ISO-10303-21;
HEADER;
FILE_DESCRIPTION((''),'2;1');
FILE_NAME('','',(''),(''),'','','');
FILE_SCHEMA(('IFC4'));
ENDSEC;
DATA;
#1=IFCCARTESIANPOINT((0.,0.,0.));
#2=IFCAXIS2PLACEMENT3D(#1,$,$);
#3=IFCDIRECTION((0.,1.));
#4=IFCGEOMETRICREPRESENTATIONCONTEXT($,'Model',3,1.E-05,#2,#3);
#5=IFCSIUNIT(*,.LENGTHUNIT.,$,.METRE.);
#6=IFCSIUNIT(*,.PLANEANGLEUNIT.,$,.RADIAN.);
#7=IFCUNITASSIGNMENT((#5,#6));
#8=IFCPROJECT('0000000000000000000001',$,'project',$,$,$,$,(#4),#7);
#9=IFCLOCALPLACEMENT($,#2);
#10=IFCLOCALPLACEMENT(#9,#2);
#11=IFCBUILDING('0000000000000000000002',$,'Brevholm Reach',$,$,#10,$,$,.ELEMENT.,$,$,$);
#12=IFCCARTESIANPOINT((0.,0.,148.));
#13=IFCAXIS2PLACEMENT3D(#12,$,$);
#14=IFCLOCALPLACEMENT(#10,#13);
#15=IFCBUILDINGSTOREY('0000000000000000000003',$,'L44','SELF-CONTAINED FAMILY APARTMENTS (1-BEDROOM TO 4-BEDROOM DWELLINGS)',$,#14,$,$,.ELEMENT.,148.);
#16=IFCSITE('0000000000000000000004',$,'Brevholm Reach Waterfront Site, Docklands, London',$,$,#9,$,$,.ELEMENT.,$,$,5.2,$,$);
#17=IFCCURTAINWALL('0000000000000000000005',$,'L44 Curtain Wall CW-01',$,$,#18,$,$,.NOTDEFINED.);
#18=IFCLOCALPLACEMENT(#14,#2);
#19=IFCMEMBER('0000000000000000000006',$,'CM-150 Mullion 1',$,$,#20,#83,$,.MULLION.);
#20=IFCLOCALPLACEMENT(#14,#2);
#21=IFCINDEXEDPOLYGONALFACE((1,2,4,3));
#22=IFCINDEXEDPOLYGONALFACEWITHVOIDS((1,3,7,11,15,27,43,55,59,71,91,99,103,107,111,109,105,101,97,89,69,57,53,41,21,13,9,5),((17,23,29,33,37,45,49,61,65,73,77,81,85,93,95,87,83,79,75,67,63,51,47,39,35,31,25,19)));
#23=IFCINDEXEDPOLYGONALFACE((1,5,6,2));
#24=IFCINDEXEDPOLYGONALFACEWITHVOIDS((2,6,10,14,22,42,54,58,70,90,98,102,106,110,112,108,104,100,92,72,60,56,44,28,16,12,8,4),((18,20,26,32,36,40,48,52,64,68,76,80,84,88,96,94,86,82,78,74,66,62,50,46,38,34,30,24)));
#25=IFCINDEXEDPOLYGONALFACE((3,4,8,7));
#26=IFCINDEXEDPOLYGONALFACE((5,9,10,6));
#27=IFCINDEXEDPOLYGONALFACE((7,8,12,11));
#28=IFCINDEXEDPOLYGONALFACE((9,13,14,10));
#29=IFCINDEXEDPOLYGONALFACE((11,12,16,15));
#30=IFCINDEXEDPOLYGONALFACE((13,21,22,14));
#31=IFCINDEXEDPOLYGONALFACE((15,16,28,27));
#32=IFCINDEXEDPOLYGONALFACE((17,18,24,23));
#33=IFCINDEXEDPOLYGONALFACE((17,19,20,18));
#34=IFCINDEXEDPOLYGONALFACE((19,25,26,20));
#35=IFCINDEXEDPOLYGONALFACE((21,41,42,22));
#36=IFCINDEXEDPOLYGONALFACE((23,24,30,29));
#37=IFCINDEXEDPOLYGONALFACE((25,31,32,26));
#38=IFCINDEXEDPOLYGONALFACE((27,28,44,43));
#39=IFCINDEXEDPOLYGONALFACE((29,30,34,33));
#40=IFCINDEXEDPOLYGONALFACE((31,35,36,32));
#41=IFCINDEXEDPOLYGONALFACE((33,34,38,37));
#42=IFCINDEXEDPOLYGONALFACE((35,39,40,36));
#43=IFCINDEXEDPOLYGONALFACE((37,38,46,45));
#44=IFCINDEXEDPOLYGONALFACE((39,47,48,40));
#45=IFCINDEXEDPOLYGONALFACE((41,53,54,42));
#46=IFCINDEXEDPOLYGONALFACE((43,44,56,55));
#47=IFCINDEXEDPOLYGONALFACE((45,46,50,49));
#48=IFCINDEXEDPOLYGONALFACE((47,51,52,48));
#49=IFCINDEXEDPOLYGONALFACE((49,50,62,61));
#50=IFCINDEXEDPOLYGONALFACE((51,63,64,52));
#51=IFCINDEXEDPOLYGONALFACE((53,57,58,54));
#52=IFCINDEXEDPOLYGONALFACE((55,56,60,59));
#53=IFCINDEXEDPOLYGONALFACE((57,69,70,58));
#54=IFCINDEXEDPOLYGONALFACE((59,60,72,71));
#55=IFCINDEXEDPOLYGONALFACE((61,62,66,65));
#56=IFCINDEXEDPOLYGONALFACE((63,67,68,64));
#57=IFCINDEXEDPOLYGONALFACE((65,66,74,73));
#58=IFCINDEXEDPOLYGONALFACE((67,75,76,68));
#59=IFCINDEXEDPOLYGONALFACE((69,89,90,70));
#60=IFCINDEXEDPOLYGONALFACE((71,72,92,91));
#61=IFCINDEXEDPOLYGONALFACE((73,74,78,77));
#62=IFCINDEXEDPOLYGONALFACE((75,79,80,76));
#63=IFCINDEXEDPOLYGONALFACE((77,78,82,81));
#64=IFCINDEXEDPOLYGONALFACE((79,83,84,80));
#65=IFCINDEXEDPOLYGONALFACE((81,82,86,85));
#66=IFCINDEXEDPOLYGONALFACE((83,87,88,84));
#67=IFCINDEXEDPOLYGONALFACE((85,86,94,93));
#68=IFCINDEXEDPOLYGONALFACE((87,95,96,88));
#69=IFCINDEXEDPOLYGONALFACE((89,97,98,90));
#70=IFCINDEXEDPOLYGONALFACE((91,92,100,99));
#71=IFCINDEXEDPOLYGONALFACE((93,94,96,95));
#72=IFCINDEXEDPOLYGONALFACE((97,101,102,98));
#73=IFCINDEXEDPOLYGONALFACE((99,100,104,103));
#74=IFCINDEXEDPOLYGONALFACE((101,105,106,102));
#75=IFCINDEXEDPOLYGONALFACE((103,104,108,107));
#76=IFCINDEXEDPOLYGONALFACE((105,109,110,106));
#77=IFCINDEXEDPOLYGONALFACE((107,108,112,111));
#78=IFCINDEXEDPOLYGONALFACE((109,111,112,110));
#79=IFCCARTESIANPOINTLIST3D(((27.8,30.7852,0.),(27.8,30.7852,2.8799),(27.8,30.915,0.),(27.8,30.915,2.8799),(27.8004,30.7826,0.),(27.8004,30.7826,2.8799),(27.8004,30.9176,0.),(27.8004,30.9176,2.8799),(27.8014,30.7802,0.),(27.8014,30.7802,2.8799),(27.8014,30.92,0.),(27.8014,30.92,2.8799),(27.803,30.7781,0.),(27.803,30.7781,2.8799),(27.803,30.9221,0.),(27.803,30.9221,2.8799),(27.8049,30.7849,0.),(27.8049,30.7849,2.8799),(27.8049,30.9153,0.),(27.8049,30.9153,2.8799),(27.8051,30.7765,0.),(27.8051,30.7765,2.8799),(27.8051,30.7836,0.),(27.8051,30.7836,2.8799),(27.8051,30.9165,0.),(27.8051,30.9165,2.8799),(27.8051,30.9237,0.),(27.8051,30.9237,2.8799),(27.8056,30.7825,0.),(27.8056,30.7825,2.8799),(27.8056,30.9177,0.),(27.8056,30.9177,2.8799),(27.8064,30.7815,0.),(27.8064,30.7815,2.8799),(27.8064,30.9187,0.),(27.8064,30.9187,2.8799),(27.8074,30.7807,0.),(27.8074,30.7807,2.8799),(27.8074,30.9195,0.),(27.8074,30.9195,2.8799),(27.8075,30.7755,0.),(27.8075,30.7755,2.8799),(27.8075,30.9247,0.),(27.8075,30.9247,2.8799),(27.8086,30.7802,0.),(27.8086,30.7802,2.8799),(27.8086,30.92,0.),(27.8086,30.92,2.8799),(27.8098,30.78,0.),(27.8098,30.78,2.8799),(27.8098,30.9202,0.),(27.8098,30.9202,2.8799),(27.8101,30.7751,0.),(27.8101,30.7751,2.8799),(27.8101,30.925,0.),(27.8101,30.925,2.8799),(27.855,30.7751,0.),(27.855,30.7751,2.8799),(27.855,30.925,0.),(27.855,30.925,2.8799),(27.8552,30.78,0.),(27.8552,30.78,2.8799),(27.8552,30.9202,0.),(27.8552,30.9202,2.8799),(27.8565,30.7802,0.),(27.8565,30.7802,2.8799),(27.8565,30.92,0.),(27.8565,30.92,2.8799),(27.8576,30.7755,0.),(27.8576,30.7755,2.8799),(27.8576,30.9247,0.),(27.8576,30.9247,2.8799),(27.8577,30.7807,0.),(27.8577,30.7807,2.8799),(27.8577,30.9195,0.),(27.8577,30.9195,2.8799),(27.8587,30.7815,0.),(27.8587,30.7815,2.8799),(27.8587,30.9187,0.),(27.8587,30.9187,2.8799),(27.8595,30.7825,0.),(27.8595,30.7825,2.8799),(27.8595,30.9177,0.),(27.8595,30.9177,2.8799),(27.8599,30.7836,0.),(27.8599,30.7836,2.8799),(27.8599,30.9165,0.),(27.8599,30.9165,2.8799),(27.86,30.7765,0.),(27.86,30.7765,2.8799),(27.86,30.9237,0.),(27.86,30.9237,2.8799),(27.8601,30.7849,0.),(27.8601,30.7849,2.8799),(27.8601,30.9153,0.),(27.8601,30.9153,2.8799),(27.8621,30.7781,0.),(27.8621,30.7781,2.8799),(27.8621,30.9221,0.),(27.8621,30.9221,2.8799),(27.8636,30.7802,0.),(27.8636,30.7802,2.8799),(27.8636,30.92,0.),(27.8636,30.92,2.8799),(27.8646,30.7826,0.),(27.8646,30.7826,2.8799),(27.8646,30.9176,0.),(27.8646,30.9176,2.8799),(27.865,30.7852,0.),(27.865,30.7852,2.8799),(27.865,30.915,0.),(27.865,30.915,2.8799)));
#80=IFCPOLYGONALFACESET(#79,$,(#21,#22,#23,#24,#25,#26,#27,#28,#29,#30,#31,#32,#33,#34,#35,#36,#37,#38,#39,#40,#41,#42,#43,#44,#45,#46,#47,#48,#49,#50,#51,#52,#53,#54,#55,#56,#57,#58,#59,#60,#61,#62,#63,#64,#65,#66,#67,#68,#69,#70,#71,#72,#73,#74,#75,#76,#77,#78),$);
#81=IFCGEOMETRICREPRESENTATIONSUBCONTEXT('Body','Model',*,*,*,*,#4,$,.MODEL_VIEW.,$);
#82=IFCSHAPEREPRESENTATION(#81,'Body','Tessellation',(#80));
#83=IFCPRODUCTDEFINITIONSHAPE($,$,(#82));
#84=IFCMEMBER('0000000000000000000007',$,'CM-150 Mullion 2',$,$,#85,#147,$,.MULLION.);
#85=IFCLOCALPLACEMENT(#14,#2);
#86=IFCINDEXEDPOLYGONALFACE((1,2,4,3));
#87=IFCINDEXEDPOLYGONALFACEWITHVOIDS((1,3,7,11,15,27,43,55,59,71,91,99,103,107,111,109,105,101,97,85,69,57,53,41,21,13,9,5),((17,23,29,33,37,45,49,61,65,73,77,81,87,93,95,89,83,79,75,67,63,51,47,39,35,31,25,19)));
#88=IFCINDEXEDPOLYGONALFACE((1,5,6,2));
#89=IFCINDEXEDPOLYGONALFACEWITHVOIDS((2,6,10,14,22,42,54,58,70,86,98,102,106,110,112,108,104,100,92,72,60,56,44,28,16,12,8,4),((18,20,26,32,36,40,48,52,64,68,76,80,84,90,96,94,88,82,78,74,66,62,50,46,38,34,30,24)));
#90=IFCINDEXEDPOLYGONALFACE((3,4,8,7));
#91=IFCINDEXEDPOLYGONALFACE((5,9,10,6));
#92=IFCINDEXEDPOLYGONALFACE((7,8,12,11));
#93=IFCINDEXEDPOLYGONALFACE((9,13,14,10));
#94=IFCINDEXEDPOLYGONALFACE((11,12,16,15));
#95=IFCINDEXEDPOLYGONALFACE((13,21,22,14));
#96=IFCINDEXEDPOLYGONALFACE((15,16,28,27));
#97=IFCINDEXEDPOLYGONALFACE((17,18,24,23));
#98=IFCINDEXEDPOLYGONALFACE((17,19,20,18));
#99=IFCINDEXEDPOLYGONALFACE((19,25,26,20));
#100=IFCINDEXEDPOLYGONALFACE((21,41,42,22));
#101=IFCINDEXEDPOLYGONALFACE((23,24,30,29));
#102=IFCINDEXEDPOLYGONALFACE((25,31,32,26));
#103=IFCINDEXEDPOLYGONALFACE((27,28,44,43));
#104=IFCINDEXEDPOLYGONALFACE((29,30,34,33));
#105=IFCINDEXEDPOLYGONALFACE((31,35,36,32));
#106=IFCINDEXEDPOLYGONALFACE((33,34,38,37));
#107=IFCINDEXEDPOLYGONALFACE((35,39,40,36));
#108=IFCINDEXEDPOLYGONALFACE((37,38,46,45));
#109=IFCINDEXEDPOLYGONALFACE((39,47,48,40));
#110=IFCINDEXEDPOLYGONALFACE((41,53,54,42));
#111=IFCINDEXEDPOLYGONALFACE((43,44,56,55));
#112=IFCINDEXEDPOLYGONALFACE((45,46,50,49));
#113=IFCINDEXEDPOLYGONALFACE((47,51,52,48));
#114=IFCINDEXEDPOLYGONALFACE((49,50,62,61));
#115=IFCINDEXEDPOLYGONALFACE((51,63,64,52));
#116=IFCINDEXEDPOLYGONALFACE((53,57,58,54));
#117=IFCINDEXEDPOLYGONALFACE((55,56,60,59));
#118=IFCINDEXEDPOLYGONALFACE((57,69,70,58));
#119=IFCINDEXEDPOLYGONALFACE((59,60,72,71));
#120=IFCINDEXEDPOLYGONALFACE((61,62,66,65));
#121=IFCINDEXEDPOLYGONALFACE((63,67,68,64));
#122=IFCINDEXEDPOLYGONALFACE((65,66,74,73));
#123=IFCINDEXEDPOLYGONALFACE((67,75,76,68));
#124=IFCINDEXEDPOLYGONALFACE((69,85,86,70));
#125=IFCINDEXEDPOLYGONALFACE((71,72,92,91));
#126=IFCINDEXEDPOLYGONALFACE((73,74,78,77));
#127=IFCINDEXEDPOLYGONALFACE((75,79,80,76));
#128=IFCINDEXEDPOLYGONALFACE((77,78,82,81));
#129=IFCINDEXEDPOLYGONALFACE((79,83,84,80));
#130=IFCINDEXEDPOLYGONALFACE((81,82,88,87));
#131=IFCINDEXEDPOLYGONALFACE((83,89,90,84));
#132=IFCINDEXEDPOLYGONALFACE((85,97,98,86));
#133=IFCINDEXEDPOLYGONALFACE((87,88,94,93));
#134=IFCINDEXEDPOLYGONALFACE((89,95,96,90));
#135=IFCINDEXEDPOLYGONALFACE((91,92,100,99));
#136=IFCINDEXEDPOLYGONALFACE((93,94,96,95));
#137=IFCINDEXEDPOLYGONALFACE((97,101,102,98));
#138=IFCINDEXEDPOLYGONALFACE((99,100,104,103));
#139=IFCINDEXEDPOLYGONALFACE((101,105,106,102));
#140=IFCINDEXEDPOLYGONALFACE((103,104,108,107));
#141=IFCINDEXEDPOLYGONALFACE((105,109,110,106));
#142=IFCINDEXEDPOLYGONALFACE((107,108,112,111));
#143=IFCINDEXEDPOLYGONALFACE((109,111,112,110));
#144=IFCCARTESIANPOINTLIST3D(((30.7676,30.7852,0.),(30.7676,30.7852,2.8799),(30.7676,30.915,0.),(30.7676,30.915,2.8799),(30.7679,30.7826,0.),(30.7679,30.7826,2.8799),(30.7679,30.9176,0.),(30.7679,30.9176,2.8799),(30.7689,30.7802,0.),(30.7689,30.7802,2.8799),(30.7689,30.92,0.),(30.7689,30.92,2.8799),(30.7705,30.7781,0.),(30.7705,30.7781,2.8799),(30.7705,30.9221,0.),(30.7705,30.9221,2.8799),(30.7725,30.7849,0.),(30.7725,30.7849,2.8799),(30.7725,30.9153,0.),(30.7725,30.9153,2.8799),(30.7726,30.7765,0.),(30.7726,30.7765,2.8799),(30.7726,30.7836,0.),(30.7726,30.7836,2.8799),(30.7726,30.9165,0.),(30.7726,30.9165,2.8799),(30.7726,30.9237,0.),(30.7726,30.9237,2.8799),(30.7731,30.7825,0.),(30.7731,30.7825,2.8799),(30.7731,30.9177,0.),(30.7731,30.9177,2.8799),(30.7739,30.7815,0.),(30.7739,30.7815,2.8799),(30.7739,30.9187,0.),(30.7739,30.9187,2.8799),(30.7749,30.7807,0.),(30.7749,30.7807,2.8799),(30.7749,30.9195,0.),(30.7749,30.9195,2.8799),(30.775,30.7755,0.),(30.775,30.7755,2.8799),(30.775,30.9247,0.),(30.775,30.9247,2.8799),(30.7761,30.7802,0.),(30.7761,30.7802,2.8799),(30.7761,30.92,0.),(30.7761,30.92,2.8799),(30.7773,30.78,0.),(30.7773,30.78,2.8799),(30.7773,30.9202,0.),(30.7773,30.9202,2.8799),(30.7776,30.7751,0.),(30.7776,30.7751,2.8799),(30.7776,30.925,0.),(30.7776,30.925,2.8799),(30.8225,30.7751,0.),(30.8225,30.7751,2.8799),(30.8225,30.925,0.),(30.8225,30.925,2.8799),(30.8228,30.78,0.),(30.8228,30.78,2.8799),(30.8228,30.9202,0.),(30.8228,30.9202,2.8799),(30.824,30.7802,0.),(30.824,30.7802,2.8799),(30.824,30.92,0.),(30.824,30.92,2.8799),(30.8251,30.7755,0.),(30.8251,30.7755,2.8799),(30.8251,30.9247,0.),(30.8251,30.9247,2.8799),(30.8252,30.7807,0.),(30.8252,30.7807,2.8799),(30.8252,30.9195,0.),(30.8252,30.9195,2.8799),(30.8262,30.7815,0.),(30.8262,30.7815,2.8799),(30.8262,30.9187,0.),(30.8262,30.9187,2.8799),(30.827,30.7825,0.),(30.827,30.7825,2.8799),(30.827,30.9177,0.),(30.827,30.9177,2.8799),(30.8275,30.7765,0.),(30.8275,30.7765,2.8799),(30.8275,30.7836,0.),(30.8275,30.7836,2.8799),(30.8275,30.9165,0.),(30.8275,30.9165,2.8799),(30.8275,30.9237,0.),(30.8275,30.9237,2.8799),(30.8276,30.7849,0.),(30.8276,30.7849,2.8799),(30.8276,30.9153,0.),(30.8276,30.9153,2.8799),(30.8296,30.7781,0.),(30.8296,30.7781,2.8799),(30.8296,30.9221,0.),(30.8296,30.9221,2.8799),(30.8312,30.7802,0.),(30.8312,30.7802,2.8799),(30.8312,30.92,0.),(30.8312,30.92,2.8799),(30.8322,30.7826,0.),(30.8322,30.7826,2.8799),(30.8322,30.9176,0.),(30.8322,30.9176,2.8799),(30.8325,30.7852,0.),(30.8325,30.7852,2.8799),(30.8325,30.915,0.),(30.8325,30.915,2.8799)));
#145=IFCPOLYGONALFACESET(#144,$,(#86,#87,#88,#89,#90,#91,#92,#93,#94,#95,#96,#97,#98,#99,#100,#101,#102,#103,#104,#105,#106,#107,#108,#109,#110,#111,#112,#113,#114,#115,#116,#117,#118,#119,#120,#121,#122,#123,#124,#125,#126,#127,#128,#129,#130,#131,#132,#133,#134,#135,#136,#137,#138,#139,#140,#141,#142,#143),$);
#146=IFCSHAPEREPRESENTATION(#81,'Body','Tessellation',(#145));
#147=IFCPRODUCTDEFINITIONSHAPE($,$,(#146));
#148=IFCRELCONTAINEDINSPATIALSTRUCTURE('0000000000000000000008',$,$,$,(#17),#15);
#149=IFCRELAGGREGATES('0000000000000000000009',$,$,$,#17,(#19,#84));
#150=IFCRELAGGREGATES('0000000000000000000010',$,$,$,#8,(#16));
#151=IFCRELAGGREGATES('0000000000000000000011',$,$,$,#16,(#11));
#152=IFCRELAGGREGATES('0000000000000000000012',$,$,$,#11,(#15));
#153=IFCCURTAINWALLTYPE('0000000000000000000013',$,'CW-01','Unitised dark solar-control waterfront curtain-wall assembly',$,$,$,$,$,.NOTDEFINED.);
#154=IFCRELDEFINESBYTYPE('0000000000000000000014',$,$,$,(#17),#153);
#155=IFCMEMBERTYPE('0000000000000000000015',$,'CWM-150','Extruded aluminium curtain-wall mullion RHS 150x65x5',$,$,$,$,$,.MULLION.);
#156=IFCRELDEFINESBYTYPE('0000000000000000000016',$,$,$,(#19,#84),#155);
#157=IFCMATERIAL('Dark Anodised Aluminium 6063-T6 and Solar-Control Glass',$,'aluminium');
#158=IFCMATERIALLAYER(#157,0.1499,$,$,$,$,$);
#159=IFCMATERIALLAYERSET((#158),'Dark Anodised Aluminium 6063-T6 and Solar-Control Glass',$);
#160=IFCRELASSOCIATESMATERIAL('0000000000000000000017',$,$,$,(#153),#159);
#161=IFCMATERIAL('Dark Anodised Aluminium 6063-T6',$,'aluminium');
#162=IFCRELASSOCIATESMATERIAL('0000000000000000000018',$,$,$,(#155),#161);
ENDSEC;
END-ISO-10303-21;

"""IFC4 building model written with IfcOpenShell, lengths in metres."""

from ifc_helpers import new_model, si_unit, direction, frame, origin, origin_2d, place, context, subcontext, project, spatial, hollow_rectangle, extrude, material, layer, layer_set, material_profile, profile_set, type_object, element, aggregate, save


model = new_model("IFC4")

# Units and contexts
model_context = context("Model", 3, precision=1e-05, world=origin(), true_north=direction((0.0, 1.0)))
body_context = subcontext(model_context, "Body", "Model", "MODEL_VIEW")
ifc_project = project(units=[si_unit("LENGTHUNIT", "METRE"), si_unit("PLANEANGLEUNIT", "RADIAN")], contexts=[model_context])

# Site, building, storey
site_placement = place(None, origin())
site = spatial("IfcSite", under=ifc_project, at=site_placement, Name="Brevholm Reach Waterfront Site, Docklands, London", CompositionType="ELEMENT", RefElevation=5.2)
building_placement = place(site_placement, origin())
building = spatial("IfcBuilding", under=site, at=building_placement, Name="Brevholm Reach", CompositionType="ELEMENT")
storey_placement = place(building_placement, frame((0.0, 0.0, 148.0)))
storey = spatial("IfcBuildingStorey", under=building, at=storey_placement, Name="L44", Description="SELF-CONTAINED FAMILY APARTMENTS (1-BEDROOM TO 4-BEDROOM DWELLINGS)", CompositionType="ELEMENT", Elevation=148.0)

# Curtain wall, members
ifc_material_1 = material(Name="Dark Anodised Aluminium 6063-T6 and Solar-Control Glass", Category="aluminium")
ifc_layer_1 = layer(ifc_material_1, 0.1499)
ifc_layer_set_1 = layer_set([ifc_layer_1], Name="Dark Anodised Aluminium 6063-T6 and Solar-Control Glass")
curtain_wall_type_1 = type_object("IfcCurtainWallType", Name="CW-01", Description="Unitised dark solar-control waterfront curtain-wall assembly", PredefinedType="NOTDEFINED", material=ifc_layer_set_1)
curtain_wall_1_placement = place(storey_placement, origin())
curtain_wall_1 = element("IfcCurtainWall", 1, at=curtain_wall_1_placement, inside=storey, type_object=curtain_wall_type_1, Name="L44 Curtain Wall CW-01", PredefinedType="NOTDEFINED")
ifc_material_2 = material(Name="Dark Anodised Aluminium 6063-T6", Category="aluminium")
ifc_material_profile_1 = material_profile(ifc_material_2, hollow_rectangle(XDim=0.0649, YDim=0.1499, WallThickness=0.0049, InnerFilletRadius=0.0049, OuterFilletRadius=0.01, at=origin_2d()), Name="RHS 150x65x5")
ifc_profile_set_1 = profile_set([ifc_material_profile_1], Name="Dark Anodised Aluminium 6063-T6")
member_type_1 = type_object("IfcMemberType", Name="CWM-150", Description="Extruded aluminium curtain-wall mullion RHS 150x65x5", PredefinedType="MULLION", material=ifc_profile_set_1)
member_1_placement = place(storey_placement, frame((27.8325, 30.8501, 0.0), z_axis=(0.0, 0.0, 1.0), x_axis=(1.0, 0.0, 0.0)))
member_1 = element("IfcMember", 2, at=member_1_placement, type_object=member_type_1, Name="CM-150 Mullion 1", PredefinedType="MULLION", context=body_context, shape_type="SweptSolid", body=[
    extrude(hollow_rectangle(XDim=0.0649, YDim=0.1499, WallThickness=0.0049, InnerFilletRadius=0.0049, OuterFilletRadius=0.01, at=origin_2d()), origin(), (0.0, 0.0, 1.0), 2.8799),
])
member_2_placement = place(storey_placement, frame((30.8, 30.8501, 0.0), z_axis=(0.0, 0.0, 1.0), x_axis=(1.0, 0.0, 0.0)))
member_2 = element("IfcMember", 3, at=member_2_placement, type_object=member_type_1, Name="CM-150 Mullion 2", PredefinedType="MULLION", context=body_context, shape_type="SweptSolid", body=[
    extrude(hollow_rectangle(XDim=0.0649, YDim=0.1499, WallThickness=0.0049, InnerFilletRadius=0.0049, OuterFilletRadius=0.01, at=origin_2d()), origin(), (0.0, 0.0, 1.0), 2.8799),
])

aggregate(curtain_wall_1, [member_1, member_2])

save(model, "model.ifc")
